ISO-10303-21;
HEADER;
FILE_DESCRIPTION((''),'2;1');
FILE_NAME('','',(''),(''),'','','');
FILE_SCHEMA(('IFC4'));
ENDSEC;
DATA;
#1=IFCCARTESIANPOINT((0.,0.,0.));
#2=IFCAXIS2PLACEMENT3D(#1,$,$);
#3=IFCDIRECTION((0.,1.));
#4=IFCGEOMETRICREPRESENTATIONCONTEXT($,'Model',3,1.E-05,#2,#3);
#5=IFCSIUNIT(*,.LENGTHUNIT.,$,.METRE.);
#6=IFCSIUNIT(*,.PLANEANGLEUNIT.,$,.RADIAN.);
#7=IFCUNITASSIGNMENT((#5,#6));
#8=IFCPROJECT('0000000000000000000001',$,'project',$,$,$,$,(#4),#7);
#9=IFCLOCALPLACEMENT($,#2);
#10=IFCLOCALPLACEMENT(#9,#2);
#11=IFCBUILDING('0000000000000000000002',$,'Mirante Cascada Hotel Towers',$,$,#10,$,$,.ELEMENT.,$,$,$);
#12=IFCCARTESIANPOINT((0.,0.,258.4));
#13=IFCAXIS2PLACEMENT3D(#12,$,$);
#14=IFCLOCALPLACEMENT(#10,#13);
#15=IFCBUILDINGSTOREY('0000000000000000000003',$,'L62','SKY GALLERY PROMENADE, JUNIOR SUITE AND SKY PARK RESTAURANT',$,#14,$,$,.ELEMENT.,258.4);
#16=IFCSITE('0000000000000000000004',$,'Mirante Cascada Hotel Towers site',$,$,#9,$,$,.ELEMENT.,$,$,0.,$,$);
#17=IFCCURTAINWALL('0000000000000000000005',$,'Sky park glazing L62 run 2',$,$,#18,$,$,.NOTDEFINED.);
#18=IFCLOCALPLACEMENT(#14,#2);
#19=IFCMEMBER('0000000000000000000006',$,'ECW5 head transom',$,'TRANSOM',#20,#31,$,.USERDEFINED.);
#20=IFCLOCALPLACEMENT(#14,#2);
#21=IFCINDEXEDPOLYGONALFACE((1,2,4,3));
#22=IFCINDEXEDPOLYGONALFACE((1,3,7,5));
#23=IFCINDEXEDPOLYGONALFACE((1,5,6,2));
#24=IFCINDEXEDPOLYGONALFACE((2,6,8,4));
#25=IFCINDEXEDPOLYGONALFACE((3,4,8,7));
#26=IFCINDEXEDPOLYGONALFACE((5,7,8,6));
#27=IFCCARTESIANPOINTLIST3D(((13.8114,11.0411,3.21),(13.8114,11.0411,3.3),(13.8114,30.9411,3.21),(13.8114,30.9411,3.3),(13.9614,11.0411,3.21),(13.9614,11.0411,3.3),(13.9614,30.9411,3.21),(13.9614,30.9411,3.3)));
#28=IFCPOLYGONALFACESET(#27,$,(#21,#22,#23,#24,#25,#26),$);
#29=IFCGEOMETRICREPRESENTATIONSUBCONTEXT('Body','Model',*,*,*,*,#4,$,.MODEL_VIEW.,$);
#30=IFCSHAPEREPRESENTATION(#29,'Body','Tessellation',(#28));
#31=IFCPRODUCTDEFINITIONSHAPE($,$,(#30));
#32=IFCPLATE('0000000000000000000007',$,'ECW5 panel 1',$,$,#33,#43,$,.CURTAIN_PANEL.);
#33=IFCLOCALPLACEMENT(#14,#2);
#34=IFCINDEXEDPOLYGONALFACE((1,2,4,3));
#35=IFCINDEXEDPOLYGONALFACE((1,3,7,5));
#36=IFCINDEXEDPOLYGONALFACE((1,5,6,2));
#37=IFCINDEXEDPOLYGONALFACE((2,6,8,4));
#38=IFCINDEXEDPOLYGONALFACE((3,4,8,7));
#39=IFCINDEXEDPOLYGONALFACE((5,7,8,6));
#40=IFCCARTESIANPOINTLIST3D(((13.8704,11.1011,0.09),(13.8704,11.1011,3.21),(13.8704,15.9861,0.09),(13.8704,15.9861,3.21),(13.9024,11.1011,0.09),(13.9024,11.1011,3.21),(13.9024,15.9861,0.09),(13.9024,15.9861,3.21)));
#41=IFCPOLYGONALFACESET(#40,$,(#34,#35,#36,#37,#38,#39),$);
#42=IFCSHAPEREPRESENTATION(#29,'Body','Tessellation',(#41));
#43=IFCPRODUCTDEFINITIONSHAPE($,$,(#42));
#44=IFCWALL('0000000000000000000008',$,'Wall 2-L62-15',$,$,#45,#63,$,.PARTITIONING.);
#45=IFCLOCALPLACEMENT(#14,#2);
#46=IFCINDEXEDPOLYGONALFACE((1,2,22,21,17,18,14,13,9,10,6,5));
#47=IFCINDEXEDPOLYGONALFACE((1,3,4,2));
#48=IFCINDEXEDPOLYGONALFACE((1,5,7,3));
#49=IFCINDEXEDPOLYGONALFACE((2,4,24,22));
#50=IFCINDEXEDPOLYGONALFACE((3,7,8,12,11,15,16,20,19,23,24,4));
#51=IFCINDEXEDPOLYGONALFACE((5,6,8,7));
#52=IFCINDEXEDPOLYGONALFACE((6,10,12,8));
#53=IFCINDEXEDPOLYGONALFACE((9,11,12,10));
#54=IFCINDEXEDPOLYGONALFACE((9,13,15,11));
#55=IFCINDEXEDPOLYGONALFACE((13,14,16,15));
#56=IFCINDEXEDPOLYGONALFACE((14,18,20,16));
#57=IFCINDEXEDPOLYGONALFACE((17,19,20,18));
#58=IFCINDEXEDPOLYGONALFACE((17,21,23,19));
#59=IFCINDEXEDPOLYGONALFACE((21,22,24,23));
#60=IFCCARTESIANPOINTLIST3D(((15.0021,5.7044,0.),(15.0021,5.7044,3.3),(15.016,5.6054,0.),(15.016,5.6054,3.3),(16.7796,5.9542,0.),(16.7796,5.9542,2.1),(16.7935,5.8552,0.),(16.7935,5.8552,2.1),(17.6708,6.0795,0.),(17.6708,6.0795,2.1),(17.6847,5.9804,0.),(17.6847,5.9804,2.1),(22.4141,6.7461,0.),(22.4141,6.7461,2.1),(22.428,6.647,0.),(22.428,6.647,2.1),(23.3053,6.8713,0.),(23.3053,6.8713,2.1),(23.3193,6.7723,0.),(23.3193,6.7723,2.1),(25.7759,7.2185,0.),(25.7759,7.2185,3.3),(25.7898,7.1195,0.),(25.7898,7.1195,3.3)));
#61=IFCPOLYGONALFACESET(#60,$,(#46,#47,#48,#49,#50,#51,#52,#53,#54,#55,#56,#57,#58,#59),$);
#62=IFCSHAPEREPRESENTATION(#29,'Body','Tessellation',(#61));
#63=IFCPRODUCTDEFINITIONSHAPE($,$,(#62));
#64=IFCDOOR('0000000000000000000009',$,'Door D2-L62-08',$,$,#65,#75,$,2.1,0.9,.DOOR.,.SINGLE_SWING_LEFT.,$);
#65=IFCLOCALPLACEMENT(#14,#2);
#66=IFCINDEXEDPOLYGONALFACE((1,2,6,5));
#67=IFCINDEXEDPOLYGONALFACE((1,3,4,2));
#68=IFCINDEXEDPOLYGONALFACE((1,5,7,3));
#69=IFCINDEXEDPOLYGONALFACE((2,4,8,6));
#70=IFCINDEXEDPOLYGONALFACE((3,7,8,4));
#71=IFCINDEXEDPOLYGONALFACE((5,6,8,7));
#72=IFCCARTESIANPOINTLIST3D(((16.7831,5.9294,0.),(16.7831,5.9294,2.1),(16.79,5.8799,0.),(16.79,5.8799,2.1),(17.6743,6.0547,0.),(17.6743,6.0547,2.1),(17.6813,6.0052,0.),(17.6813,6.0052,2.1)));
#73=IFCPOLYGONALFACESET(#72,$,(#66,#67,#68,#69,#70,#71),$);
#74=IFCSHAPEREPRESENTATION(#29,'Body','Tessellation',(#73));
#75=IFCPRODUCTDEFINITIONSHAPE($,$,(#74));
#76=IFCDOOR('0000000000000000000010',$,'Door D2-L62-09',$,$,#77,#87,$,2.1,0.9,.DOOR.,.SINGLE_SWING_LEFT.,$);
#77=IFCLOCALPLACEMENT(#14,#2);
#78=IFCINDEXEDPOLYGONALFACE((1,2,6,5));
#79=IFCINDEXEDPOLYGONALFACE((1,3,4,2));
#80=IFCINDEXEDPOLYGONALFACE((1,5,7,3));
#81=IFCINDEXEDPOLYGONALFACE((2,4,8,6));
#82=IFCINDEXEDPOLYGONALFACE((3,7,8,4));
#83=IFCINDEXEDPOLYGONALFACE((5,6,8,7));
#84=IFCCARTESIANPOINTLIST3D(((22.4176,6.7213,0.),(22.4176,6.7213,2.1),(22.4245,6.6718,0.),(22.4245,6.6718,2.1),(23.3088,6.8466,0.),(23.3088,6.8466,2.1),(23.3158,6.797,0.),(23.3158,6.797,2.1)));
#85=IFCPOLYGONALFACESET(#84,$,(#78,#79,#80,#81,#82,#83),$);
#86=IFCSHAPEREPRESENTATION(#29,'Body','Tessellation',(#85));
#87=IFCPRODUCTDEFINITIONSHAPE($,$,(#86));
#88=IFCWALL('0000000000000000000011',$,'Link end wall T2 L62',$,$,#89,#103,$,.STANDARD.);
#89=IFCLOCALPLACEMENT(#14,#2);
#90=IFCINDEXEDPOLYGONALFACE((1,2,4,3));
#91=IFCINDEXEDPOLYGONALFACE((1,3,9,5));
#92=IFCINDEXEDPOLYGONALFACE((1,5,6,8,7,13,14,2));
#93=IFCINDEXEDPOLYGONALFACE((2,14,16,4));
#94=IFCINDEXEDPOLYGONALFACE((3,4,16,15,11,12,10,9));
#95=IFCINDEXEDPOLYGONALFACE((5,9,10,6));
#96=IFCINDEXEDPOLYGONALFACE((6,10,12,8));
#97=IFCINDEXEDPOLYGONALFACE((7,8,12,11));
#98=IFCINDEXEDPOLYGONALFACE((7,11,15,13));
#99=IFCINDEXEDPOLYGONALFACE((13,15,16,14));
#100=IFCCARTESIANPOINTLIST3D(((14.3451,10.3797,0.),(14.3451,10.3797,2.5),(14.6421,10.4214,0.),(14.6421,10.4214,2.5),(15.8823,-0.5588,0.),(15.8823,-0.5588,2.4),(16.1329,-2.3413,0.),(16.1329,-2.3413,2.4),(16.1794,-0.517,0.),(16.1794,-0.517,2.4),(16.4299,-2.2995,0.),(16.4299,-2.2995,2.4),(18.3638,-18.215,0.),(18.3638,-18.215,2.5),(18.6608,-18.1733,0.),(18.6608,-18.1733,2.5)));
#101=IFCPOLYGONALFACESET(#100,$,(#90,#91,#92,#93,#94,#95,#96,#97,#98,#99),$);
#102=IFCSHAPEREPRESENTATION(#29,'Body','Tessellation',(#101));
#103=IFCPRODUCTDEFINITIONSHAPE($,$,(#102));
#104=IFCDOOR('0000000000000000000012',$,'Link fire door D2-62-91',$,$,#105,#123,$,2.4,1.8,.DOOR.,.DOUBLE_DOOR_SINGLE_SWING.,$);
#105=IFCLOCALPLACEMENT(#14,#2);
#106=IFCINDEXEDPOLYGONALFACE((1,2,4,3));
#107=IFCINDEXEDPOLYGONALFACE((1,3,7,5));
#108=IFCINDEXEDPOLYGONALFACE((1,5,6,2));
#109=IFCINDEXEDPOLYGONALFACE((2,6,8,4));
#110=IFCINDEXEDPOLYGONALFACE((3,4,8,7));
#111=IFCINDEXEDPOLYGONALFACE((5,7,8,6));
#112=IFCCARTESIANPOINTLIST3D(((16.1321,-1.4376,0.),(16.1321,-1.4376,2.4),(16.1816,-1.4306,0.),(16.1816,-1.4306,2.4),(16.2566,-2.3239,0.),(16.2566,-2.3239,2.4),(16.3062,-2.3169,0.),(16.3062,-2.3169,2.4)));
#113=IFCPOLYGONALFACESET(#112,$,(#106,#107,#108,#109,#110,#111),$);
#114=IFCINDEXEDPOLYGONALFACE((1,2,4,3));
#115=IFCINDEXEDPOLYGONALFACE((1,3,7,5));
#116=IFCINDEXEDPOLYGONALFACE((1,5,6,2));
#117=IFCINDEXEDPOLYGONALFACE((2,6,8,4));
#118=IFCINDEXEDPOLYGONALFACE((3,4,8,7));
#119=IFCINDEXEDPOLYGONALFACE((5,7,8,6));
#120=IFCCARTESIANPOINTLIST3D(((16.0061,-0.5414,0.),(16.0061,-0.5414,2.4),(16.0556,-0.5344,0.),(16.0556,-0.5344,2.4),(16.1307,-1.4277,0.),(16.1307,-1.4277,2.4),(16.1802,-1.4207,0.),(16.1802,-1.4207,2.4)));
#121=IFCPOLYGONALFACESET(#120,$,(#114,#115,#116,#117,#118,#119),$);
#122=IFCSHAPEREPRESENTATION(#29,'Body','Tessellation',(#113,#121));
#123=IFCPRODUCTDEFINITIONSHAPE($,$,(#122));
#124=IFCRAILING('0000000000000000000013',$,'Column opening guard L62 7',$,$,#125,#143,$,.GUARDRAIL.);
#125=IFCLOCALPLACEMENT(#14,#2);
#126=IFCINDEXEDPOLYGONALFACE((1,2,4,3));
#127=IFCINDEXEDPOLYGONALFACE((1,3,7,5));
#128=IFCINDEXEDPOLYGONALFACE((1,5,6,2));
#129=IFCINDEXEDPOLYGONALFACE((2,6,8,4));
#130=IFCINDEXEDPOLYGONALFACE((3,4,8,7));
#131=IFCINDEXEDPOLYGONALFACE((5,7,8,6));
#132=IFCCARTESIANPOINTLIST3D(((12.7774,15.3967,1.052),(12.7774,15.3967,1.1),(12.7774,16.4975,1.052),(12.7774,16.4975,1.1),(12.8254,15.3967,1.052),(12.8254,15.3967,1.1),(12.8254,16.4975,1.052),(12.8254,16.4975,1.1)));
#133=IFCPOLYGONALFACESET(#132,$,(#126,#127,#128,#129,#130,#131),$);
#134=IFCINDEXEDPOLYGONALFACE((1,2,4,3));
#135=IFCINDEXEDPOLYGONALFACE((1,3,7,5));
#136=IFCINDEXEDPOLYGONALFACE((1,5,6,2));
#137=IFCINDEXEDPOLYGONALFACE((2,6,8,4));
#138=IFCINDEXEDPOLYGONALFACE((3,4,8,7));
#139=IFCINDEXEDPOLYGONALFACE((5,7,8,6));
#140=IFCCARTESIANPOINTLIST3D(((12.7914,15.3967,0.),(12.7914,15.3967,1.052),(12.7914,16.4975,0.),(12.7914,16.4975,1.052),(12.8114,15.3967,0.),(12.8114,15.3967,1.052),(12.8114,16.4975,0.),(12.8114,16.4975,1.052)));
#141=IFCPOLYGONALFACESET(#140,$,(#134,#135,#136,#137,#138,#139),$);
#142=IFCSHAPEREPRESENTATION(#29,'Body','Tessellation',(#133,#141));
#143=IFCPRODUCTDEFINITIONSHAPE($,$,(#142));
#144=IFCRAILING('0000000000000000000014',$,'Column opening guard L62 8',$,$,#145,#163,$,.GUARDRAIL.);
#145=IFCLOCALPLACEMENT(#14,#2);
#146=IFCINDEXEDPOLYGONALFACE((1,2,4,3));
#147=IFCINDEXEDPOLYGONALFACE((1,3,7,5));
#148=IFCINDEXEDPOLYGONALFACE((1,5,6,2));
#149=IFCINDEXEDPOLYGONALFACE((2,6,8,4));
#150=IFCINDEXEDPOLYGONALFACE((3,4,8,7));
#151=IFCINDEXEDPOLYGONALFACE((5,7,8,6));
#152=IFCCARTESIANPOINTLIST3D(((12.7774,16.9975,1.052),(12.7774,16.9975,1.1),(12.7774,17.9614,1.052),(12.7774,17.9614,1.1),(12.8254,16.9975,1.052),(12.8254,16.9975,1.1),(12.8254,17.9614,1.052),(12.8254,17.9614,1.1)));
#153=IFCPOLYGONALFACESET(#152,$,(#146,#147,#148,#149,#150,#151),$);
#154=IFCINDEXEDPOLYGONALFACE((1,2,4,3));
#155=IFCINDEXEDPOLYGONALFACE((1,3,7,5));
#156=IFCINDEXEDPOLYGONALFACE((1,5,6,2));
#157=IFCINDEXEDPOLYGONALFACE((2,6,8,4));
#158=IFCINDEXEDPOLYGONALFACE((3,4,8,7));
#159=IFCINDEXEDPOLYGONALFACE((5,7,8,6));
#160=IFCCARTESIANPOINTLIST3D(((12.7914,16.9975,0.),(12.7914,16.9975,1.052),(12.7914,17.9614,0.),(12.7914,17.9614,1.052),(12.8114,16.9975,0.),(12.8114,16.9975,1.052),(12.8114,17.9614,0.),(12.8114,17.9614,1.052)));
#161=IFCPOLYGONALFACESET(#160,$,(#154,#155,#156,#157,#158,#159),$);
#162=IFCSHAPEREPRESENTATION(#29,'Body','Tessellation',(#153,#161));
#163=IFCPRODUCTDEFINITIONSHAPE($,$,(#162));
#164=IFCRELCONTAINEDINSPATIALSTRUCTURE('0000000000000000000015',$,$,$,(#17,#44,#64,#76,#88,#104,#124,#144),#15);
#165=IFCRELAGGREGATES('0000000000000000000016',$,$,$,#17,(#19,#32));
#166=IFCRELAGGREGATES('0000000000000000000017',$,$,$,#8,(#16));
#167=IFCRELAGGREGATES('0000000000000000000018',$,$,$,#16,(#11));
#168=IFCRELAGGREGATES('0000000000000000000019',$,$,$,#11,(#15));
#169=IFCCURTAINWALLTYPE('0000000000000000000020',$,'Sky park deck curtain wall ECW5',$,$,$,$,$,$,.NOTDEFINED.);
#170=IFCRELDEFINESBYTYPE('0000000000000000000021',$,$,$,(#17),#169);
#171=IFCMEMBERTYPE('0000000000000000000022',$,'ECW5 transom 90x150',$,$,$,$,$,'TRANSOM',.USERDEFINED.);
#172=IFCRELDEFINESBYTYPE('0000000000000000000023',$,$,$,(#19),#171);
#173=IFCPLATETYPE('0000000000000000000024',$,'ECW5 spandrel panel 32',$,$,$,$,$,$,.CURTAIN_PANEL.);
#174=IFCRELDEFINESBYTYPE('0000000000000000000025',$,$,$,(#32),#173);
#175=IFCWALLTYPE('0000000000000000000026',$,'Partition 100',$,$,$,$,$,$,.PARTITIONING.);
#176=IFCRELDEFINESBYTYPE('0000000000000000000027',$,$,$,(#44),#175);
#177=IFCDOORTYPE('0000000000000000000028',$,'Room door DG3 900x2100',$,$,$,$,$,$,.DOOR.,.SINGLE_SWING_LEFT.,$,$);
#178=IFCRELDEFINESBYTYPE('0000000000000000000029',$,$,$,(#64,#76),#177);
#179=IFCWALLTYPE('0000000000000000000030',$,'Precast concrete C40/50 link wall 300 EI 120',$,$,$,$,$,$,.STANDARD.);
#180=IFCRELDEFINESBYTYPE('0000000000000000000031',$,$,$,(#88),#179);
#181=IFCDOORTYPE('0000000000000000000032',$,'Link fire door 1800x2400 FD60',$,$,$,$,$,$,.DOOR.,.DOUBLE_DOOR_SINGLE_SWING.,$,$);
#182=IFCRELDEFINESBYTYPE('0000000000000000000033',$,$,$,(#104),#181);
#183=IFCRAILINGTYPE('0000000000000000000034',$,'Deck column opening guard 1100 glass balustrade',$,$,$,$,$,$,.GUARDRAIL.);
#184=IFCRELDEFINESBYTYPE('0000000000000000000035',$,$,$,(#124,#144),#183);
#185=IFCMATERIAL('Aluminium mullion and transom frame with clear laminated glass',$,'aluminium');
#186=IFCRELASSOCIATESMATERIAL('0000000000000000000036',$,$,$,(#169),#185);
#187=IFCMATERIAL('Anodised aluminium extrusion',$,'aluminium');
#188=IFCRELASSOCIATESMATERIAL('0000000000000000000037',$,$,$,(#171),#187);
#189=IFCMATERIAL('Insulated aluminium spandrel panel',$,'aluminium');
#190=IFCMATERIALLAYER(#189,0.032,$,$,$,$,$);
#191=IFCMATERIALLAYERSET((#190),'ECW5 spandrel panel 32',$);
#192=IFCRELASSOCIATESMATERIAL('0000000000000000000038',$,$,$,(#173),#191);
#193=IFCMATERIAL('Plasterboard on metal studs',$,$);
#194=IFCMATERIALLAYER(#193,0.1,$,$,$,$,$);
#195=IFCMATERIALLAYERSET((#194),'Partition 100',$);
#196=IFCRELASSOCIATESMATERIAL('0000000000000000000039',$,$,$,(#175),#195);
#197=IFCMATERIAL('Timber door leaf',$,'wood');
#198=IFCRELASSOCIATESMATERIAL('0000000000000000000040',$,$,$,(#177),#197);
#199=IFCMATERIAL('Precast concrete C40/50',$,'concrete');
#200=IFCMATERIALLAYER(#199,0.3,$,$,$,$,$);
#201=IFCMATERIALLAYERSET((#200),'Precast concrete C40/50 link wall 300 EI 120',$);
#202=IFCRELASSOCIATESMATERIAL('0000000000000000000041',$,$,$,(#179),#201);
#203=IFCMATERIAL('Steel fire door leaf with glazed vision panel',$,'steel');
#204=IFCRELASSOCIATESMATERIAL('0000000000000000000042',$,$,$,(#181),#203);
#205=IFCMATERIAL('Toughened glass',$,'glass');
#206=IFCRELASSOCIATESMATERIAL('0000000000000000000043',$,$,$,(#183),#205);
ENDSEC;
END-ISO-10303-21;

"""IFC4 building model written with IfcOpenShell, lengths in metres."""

from ifc_helpers import new_model, si_unit, direction, frame, frame_2d, origin, origin_2d, place, context, subcontext, project, spatial, rectangle, extrude, material, layer, layer_set, material_profile, profile_set, type_object, element, fill, aggregate, save


model = new_model("IFC4")

# Units and contexts
model_context = context("Model", 3, precision=1e-05, world=origin(), true_north=direction((0.0, 1.0)))
body_context = subcontext(model_context, "Body", "Model", "MODEL_VIEW")
ifc_project = project(units=[si_unit("LENGTHUNIT", "METRE"), si_unit("PLANEANGLEUNIT", "RADIAN")], contexts=[model_context])

# Site, building, storey
site_placement = place(None, origin())
site = spatial("IfcSite", under=ifc_project, at=site_placement, Name="Mirante Cascada Hotel Towers site", CompositionType="ELEMENT", RefElevation=0.0)
building_placement = place(site_placement, origin())
building = spatial("IfcBuilding", under=site, at=building_placement, Name="Mirante Cascada Hotel Towers", CompositionType="ELEMENT")
storey_placement = place(building_placement, frame((0.0, 0.0, 258.4)))
storey = spatial("IfcBuildingStorey", under=building, at=storey_placement, Name="L62", Description="SKY GALLERY PROMENADE, JUNIOR SUITE AND SKY PARK RESTAURANT", CompositionType="ELEMENT", Elevation=258.4)

# Curtain wall, member, plate
ifc_material_1 = material(Name="Aluminium mullion and transom frame with clear laminated glass", Category="aluminium")
curtain_wall_type = type_object("IfcCurtainWallType", Name="Sky park deck curtain wall ECW5", PredefinedType="NOTDEFINED", material=ifc_material_1)
curtain_wall_placement = place(storey_placement, origin())
curtain_wall = element("IfcCurtainWall", 1, at=curtain_wall_placement, inside=storey, type_object=curtain_wall_type, Name="Sky park glazing L62 run 2", PredefinedType="NOTDEFINED")
ifc_material_2 = material(Name="Anodised aluminium extrusion", Category="aluminium")
ifc_material_profile_1 = material_profile(ifc_material_2, rectangle(XDim=0.15, YDim=0.09, at=origin_2d()), Name="ECW5 TRANSOM 90x150")
ifc_profile_set_1 = profile_set([ifc_material_profile_1], Name="Anodised aluminium extrusion")
member_type_1 = type_object("IfcMemberType", Name="ECW5 transom 90x150", ElementType="TRANSOM", PredefinedType="USERDEFINED", material=ifc_profile_set_1)
member_1_placement = place(storey_placement, frame((13.8864, 11.0411, 3.255), z_axis=(0.0, 1.0, 0.0), x_axis=(-1.0, 0.0, 0.0)))
member_1 = element("IfcMember", 2, at=member_1_placement, type_object=member_type_1, Name="ECW5 head transom", ObjectType="TRANSOM", PredefinedType="USERDEFINED", context=body_context, shape_type="SweptSolid", body=[
    extrude(rectangle(XDim=0.15, YDim=0.09, at=origin_2d()), origin(), (0.0, 0.0, 1.0), 19.9),
])
ifc_material_3 = material(Name="Insulated aluminium spandrel panel", Category="aluminium")
ifc_layer_1 = layer(ifc_material_3, 0.032)
ifc_layer_set_1 = layer_set([ifc_layer_1], Name="ECW5 spandrel panel 32")
plate_type = type_object("IfcPlateType", Name="ECW5 spandrel panel 32", PredefinedType="CURTAIN_PANEL", material=ifc_layer_set_1)
plate_placement = place(storey_placement, frame((13.8864, 13.5436, 0.09), z_axis=(0.0, 0.0, 1.0), x_axis=(0.0, 1.0, 0.0)))
plate = element("IfcPlate", 3, at=plate_placement, type_object=plate_type, Name="ECW5 panel 1", PredefinedType="CURTAIN_PANEL", context=body_context, shape_type="SweptSolid", body=[
    extrude(rectangle(XDim=4.885, YDim=0.032, at=origin_2d()), origin(), (0.0, 0.0, 1.0), 3.12),
])
aggregate(curtain_wall, [member_1, plate])

# Wall, openings, doors
ifc_material_4 = material(Name="Plasterboard on metal studs")
ifc_layer_2 = layer(ifc_material_4, 0.1)
ifc_layer_set_2 = layer_set([ifc_layer_2], Name="Partition 100")
wall_type_1 = type_object("IfcWallType", Name="Partition 100", PredefinedType="PARTITIONING", material=ifc_layer_set_2)
wall_1_placement = place(storey_placement, frame((15.0091, 5.6549, 0.0), z_axis=(0.0, 0.0, 1.0), x_axis=(0.990269, 0.139168, 0.0)))
wall_1 = element("IfcWall", 4, at=wall_1_placement, inside=storey, type_object=wall_type_1, Name="Wall 2-L62-15", PredefinedType="PARTITIONING", context=body_context, shape_type="SweptSolid", body=[
    extrude(rectangle(XDim=10.8797, YDim=0.1, at=frame_2d((5.4398, 0.0))), origin(), (0.0, 0.0, 1.0), 3.3),
])
opening_1_placement = place(wall_1_placement, frame((1.7949, 0.0, 0.0)))
opening_1 = element("IfcOpeningElement", 5, at=opening_1_placement, cuts=wall_1, PredefinedType="OPENING", context=body_context, shape_type="SweptSolid", body=[
    extrude(rectangle(XDim=0.9, YDim=2.1, at=frame_2d((0.45, 1.05))), frame((0.0, 0.05, 0.0), z_axis=(0.0, -1.0, 0.0), x_axis=(1.0, 0.0, 0.0)), (0.0, 0.0, 1.0), 0.1),
])
opening_2_placement = place(wall_1_placement, frame((7.4848, 0.0, 0.0)))
opening_2 = element("IfcOpeningElement", 6, at=opening_2_placement, cuts=wall_1, PredefinedType="OPENING", context=body_context, shape_type="SweptSolid", body=[
    extrude(rectangle(XDim=0.9, YDim=2.1, at=frame_2d((0.45, 1.05))), frame((0.0, 0.05, 0.0), z_axis=(0.0, -1.0, 0.0), x_axis=(1.0, 0.0, 0.0)), (0.0, 0.0, 1.0), 0.1),
])
ifc_material_5 = material(Name="Timber door leaf", Category="wood")
door_type_1 = type_object("IfcDoorType", Name="Room door DG3 900x2100", OperationType="SINGLE_SWING_LEFT", PredefinedType="DOOR", material=ifc_material_5)
door_1_placement = place(opening_1_placement, origin())
door_1 = element("IfcDoor", 7, at=door_1_placement, inside=storey, type_object=door_type_1, Name="Door D2-L62-08", OperationType="SINGLE_SWING_LEFT", OverallHeight=2.1, OverallWidth=0.9, PredefinedType="DOOR", context=body_context, shape_type="SweptSolid", body=[
    extrude(rectangle(XDim=0.9, YDim=2.1, at=frame_2d((0.45, 1.05))), frame((0.0, 0.025, 0.0), z_axis=(0.0, -1.0, 0.0), x_axis=(1.0, 0.0, 0.0)), (0.0, 0.0, 1.0), 0.05),
])
fill(opening_1, door_1)
door_2_placement = place(opening_2_placement, origin())
door_2 = element("IfcDoor", 8, at=door_2_placement, inside=storey, type_object=door_type_1, Name="Door D2-L62-09", OperationType="SINGLE_SWING_LEFT", OverallHeight=2.1, OverallWidth=0.9, PredefinedType="DOOR", context=body_context, shape_type="SweptSolid", body=[
    extrude(rectangle(XDim=0.9, YDim=2.1, at=frame_2d((0.45, 1.05))), frame((0.0, 0.025, 0.0), z_axis=(0.0, -1.0, 0.0), x_axis=(1.0, 0.0, 0.0)), (0.0, 0.0, 1.0), 0.05),
])
fill(opening_2, door_2)

# Wall, opening, door
ifc_material_6 = material(Name="Precast concrete C40/50", Category="concrete")
ifc_layer_3 = layer(ifc_material_6, 0.3)
ifc_layer_set_3 = layer_set([ifc_layer_3], Name="Precast concrete C40/50 link wall 300 EI 120")
wall_type_2 = type_object("IfcWallType", Name="Precast concrete C40/50 link wall 300 EI 120", PredefinedType="STANDARD", material=ifc_layer_set_3)
wall_2_placement = place(storey_placement, frame((14.4936, 10.4005, 0.0), z_axis=(0.0, 0.0, 1.0), x_axis=(0.139172, -0.990268, 0.0)))
wall_2 = element("IfcWall", 9, at=wall_2_placement, inside=storey, type_object=wall_type_2, Name="Link end wall T2 L62", PredefinedType="STANDARD", context=body_context, shape_type="SweptSolid", body=[
    extrude(rectangle(XDim=28.8757, YDim=0.3, at=frame_2d((14.4378, 0.0))), origin(), (0.0, 0.0, 1.0), 2.5),
])
opening_3_placement = place(wall_2_placement, frame((11.0459, 0.0, 0.0)))
opening_3 = element("IfcOpeningElement", 10, at=opening_3_placement, cuts=wall_2, PredefinedType="OPENING", context=body_context, shape_type="SweptSolid", body=[
    extrude(rectangle(XDim=1.8, YDim=2.4, at=frame_2d((0.9, 1.2))), frame((0.0, 0.15, 0.0), z_axis=(0.0, -1.0, 0.0), x_axis=(1.0, 0.0, 0.0)), (0.0, 0.0, 1.0), 0.3),
])
ifc_material_7 = material(Name="Steel fire door leaf with glazed vision panel", Category="steel")
door_type_2 = type_object("IfcDoorType", Name="Link fire door 1800x2400 FD60", OperationType="DOUBLE_DOOR_SINGLE_SWING", PredefinedType="DOOR", material=ifc_material_7)
door_3_placement = place(opening_3_placement, frame((1.8, 0.0, 0.0), z_axis=(0.0, 0.0, 1.0), x_axis=(-1.0, 0.0, 0.0)))
door_3 = element("IfcDoor", 11, at=door_3_placement, inside=storey, type_object=door_type_2, Name="Link fire door D2-62-91", OperationType="DOUBLE_DOOR_SINGLE_SWING", OverallHeight=2.4, OverallWidth=1.8, PredefinedType="DOOR", context=body_context, shape_type="SweptSolid", body=[
    extrude(rectangle(XDim=0.895, YDim=2.4, at=frame_2d((0.4475, 1.2))), frame((0.0, 0.025, 0.0), z_axis=(0.0, -1.0, 0.0), x_axis=(1.0, 0.0, 0.0)), (0.0, 0.0, 1.0), 0.05),
    extrude(rectangle(XDim=0.895, YDim=2.4, at=frame_2d((1.3525, 1.2))), frame((0.0, 0.025, 0.0), z_axis=(0.0, -1.0, 0.0), x_axis=(1.0, 0.0, 0.0)), (0.0, 0.0, 1.0), 0.05),
])
fill(opening_3, door_3)

# Railings
ifc_material_8 = material(Name="Toughened glass", Category="glass")
railing_type = type_object("IfcRailingType", Name="Deck column opening guard 1100 glass balustrade", PredefinedType="GUARDRAIL", material=ifc_material_8)
railing_1_placement = place(storey_placement, frame((12.8014, 15.3967, 0.0)))
element("IfcRailing", 12, at=railing_1_placement, inside=storey, type_object=railing_type, Name="Column opening guard L62 7", PredefinedType="GUARDRAIL", context=body_context, shape_type="SweptSolid", body=[
    extrude(rectangle(XDim=0.048, YDim=0.048, at=origin_2d()), frame((0.0, 0.0, 1.076), z_axis=(0.0, 1.0, 0.0), x_axis=(-1.0, 0.0, 0.0)), (0.0, 0.0, 1.0), 1.1008),
    extrude(rectangle(XDim=0.02, YDim=1.052, at=origin_2d()), frame((0.0, 0.0, 0.526), z_axis=(0.0, 1.0, 0.0), x_axis=(-1.0, 0.0, 0.0)), (0.0, 0.0, 1.0), 1.1008),
])
railing_2_placement = place(storey_placement, frame((12.8014, 16.9975, 0.0)))
element("IfcRailing", 13, at=railing_2_placement, inside=storey, type_object=railing_type, Name="Column opening guard L62 8", PredefinedType="GUARDRAIL", context=body_context, shape_type="SweptSolid", body=[
    extrude(rectangle(XDim=0.048, YDim=0.048, at=origin_2d()), frame((0.0, 0.0, 1.076), z_axis=(0.0, 1.0, 0.0), x_axis=(-1.0, 0.0, 0.0)), (0.0, 0.0, 1.0), 0.9639),
    extrude(rectangle(XDim=0.02, YDim=1.052, at=origin_2d()), frame((0.0, 0.0, 0.526), z_axis=(0.0, 1.0, 0.0), x_axis=(-1.0, 0.0, 0.0)), (0.0, 0.0, 1.0), 0.9639),
])

save(model, "model.ifc")
